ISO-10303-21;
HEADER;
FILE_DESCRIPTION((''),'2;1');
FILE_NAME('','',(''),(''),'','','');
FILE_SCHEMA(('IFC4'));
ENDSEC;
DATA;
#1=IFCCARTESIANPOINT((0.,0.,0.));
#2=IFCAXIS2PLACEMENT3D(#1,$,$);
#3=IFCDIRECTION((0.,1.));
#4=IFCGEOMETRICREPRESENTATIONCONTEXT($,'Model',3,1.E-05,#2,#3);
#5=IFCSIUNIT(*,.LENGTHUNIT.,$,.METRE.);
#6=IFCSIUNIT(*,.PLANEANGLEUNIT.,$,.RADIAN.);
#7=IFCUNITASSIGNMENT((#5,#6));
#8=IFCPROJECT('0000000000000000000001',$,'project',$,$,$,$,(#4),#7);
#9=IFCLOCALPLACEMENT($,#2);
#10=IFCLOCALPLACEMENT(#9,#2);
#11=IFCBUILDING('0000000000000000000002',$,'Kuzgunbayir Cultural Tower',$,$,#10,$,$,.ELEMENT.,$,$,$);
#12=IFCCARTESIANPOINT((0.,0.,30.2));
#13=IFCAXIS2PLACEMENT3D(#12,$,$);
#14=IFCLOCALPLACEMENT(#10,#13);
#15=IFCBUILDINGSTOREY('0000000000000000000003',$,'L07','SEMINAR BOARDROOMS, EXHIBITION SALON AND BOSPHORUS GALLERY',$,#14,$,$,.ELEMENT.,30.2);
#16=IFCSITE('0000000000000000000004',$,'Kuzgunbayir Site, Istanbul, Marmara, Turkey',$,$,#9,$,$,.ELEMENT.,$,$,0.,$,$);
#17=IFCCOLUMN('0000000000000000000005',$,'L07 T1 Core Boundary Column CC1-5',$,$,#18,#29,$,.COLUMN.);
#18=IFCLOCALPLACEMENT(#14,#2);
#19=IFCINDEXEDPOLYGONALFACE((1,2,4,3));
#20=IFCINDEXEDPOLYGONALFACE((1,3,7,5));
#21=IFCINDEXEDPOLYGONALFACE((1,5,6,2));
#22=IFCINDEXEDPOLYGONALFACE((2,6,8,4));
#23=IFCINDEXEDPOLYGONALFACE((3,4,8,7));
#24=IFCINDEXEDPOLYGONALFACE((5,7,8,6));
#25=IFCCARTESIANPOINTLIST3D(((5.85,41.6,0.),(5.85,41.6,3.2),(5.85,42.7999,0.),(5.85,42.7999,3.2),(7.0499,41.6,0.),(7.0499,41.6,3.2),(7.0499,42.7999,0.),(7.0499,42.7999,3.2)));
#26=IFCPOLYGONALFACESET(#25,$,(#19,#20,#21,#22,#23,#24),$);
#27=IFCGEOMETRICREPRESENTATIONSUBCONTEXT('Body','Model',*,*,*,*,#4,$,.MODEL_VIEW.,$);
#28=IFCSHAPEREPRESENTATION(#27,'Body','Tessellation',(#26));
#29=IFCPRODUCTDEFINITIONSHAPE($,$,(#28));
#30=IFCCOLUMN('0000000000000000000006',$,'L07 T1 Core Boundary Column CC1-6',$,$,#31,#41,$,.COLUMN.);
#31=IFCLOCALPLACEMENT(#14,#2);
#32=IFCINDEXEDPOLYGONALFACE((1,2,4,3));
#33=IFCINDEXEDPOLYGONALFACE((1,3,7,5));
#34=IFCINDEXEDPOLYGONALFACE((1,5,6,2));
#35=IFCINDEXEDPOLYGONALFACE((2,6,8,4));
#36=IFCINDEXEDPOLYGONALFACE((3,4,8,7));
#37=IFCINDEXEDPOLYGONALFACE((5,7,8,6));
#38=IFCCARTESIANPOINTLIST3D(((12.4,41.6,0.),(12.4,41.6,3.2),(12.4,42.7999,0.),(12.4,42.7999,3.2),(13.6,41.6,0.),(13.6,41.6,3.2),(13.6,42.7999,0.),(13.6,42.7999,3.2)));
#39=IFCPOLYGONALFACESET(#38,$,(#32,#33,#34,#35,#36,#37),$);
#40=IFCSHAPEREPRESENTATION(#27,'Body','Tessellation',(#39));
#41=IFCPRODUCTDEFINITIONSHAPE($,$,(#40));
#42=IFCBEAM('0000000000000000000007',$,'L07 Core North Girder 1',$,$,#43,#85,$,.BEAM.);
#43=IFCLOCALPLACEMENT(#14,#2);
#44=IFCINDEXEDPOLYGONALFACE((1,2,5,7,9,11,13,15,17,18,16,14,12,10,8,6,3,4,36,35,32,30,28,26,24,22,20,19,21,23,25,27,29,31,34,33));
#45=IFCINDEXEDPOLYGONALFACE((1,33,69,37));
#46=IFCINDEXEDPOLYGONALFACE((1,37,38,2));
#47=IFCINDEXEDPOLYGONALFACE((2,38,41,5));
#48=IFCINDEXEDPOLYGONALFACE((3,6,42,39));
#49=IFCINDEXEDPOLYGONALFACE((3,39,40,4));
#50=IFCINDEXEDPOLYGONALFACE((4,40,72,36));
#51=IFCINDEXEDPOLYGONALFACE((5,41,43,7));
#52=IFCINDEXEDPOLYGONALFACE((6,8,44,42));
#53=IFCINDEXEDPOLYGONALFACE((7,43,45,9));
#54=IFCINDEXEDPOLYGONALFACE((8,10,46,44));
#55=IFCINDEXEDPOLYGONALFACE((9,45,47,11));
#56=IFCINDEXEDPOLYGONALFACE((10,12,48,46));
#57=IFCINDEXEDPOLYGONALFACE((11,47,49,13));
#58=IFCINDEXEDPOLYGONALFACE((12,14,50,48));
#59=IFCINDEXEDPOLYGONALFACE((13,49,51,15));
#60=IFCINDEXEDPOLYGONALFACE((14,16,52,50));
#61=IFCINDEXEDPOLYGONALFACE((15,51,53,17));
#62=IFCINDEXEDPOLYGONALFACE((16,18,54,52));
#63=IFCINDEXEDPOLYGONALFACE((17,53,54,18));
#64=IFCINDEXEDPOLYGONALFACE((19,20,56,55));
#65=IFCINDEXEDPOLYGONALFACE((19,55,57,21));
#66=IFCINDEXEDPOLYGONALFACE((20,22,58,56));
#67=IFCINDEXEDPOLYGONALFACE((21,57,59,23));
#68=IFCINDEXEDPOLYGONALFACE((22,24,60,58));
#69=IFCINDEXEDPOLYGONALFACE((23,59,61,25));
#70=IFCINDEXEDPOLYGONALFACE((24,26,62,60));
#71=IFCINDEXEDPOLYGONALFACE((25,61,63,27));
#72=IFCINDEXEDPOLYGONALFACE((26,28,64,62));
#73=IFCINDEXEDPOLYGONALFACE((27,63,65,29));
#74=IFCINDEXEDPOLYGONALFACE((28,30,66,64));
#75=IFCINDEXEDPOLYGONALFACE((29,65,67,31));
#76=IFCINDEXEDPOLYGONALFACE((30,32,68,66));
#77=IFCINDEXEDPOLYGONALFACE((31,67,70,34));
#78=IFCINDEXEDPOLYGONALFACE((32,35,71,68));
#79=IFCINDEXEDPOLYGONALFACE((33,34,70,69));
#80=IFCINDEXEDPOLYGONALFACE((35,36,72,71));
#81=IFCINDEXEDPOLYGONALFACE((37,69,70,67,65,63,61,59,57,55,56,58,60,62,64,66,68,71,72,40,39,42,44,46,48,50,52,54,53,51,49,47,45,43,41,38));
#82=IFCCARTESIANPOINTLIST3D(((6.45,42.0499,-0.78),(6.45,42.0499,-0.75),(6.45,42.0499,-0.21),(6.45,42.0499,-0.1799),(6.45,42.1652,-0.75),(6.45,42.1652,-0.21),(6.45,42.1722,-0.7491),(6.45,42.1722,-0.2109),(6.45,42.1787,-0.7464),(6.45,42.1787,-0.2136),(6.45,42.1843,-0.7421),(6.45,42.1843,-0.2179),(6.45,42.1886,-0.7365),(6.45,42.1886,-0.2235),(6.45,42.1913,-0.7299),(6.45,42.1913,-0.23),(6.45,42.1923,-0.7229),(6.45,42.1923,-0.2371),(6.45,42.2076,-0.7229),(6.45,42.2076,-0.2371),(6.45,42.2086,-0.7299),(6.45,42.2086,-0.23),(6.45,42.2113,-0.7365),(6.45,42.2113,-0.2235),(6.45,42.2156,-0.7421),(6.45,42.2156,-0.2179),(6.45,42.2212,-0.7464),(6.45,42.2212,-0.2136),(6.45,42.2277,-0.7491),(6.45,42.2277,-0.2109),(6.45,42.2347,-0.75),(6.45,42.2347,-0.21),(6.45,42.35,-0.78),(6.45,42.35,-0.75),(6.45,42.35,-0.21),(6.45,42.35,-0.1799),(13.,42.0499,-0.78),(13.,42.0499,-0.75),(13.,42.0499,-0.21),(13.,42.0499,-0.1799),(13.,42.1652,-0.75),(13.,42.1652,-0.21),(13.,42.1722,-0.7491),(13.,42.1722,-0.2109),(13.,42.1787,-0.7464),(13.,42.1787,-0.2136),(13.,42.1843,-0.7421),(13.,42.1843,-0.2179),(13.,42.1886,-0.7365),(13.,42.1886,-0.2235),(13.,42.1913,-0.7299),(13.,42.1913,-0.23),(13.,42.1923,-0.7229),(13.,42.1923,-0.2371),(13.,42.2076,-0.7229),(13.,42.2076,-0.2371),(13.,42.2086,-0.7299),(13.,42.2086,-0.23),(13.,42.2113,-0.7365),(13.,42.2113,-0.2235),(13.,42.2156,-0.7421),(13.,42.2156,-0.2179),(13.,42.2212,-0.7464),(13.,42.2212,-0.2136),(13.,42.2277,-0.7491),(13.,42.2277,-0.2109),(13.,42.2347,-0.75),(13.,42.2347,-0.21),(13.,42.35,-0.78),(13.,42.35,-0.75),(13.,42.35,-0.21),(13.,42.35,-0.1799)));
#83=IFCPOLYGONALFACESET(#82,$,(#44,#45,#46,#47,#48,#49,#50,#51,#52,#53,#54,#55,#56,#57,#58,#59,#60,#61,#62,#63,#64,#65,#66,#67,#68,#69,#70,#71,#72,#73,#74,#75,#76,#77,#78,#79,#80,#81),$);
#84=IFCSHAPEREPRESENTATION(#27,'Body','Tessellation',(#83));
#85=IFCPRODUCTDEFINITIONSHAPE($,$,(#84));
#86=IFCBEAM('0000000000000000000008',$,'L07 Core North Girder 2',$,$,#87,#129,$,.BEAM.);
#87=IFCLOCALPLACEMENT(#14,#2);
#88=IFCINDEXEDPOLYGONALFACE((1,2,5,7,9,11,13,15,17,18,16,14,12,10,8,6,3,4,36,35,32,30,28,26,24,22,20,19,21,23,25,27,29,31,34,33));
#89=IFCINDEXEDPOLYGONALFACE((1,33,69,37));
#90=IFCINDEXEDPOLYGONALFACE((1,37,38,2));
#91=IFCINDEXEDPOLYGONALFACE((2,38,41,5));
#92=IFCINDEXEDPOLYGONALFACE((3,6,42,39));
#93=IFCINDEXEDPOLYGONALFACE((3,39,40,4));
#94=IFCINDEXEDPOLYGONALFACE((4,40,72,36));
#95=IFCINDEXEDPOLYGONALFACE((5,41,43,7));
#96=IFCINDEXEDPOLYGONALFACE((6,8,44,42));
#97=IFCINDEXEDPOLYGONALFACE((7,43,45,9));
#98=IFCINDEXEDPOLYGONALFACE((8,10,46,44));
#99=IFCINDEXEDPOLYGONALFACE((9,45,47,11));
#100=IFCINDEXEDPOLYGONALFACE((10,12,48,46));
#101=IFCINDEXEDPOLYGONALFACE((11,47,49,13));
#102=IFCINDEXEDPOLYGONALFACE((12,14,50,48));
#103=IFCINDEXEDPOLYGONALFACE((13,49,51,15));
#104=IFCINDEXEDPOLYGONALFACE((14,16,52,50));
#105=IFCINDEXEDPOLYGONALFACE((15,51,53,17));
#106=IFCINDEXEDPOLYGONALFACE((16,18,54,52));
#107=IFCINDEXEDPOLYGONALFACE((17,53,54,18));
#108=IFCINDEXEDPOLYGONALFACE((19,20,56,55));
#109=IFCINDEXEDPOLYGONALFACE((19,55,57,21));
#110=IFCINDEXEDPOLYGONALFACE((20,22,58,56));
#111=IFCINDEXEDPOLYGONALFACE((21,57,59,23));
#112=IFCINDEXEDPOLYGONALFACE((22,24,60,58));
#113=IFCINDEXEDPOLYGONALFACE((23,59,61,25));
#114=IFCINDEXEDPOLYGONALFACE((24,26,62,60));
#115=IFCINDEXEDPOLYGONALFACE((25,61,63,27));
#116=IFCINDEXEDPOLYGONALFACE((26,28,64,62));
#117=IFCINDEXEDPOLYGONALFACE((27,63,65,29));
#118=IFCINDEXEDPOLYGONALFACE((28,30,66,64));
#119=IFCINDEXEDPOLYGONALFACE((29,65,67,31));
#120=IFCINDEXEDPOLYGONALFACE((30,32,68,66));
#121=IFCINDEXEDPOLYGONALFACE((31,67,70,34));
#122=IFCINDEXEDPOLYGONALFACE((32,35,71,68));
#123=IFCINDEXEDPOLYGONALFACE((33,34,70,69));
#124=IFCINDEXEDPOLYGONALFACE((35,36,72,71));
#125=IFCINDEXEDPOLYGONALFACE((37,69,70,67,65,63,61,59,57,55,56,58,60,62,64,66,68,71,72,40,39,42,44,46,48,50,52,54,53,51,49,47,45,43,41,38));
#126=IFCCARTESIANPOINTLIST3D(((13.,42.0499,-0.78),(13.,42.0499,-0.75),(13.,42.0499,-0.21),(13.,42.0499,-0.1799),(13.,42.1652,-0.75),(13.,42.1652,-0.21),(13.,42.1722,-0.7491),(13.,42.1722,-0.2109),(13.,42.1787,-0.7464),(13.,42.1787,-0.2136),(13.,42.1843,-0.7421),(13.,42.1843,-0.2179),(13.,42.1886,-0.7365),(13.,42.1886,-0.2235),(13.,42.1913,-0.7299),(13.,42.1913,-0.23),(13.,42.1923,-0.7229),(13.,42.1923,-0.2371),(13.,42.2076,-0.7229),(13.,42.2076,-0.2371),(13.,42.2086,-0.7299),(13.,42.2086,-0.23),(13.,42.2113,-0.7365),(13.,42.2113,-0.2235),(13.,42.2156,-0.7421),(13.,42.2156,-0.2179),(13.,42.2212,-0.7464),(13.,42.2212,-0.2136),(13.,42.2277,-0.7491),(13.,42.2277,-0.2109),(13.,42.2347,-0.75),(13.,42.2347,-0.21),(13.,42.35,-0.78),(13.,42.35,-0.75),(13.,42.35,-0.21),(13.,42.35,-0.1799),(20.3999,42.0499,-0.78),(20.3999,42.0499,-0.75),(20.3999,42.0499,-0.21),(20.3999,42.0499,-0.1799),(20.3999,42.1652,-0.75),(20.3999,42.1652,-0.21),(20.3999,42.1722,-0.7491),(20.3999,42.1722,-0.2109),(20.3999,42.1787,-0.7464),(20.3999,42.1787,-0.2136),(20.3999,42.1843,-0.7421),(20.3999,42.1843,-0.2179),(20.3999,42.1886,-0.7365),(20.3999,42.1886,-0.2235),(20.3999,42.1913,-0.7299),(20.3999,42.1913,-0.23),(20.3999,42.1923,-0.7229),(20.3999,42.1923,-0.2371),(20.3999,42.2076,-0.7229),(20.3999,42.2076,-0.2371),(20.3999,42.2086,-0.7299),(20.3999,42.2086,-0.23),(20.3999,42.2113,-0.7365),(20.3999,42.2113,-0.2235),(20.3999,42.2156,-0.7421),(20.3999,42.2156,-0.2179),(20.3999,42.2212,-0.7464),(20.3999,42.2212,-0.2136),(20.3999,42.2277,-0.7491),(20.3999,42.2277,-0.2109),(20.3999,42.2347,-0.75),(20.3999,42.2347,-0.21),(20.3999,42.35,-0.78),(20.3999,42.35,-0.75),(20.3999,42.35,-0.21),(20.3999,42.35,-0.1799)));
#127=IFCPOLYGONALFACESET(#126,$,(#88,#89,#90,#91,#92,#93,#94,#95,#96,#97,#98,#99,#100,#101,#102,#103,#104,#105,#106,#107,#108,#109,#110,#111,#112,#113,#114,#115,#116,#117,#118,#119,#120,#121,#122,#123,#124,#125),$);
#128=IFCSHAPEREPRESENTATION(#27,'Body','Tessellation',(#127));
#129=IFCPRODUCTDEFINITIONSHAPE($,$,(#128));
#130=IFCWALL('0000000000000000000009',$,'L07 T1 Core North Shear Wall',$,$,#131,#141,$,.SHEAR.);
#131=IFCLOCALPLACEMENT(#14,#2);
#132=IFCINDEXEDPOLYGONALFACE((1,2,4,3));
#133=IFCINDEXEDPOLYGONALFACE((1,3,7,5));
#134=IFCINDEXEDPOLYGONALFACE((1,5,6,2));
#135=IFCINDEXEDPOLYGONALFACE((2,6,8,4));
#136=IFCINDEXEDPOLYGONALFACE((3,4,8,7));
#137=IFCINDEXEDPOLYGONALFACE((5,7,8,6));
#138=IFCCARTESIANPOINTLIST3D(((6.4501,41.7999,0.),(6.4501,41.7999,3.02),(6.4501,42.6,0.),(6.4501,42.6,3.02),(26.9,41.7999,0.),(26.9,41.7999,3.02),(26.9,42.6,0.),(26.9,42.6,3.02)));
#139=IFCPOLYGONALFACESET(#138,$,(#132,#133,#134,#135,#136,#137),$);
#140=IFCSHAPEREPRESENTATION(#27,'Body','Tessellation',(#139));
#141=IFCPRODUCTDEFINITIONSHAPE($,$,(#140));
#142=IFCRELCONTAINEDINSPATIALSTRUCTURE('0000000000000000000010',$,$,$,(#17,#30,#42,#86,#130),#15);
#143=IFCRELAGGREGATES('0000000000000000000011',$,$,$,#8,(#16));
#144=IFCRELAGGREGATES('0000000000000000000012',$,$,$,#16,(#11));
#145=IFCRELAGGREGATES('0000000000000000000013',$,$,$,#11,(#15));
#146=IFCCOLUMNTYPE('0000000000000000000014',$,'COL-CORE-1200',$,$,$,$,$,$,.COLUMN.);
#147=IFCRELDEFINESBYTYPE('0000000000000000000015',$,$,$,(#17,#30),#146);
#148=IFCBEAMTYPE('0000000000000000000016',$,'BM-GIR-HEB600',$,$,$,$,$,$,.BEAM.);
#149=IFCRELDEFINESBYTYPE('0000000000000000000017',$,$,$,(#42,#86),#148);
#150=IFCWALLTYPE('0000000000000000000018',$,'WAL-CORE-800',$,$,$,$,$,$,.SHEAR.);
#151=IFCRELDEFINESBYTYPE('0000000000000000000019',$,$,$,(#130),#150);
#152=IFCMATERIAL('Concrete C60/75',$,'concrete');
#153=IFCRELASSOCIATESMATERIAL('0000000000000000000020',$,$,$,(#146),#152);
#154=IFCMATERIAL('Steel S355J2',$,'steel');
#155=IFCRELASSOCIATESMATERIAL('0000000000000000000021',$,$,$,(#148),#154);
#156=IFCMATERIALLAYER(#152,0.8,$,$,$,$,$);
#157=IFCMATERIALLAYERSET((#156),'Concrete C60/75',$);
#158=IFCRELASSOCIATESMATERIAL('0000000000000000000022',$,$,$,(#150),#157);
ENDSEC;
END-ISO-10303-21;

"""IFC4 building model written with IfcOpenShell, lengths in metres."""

from ifc_helpers import new_model, si_unit, direction, frame, frame_2d, origin, origin_2d, place, context, subcontext, project, spatial, rectangle, i_section, extrude, material, layer, layer_set, material_profile, profile_set, type_object, element, save


model = new_model("IFC4")

# Units and contexts
model_context = context("Model", 3, precision=1e-05, world=origin(), true_north=direction((0.0, 1.0)))
body_context = subcontext(model_context, "Body", "Model", "MODEL_VIEW")
ifc_project = project(units=[si_unit("LENGTHUNIT", "METRE"), si_unit("PLANEANGLEUNIT", "RADIAN")], contexts=[model_context])

# Site, building, storey
site_placement = place(None, origin())
site = spatial("IfcSite", under=ifc_project, at=site_placement, Name="Kuzgunbayir Site, Istanbul, Marmara, Turkey", CompositionType="ELEMENT", RefElevation=0.0)
building_placement = place(site_placement, origin())
building = spatial("IfcBuilding", under=site, at=building_placement, Name="Kuzgunbayir Cultural Tower", CompositionType="ELEMENT")
storey_placement = place(building_placement, frame((0.0, 0.0, 30.2)))
storey = spatial("IfcBuildingStorey", under=building, at=storey_placement, Name="L07", Description="SEMINAR BOARDROOMS, EXHIBITION SALON AND BOSPHORUS GALLERY", CompositionType="ELEMENT", Elevation=30.2)

# Columns
ifc_material_1 = material(Name="Concrete C60/75", Category="concrete")
ifc_material_profile_1 = material_profile(ifc_material_1, rectangle(XDim=1.2, YDim=1.2, at=origin_2d()), Name="RC 1200x1200")
ifc_profile_set_1 = profile_set([ifc_material_profile_1], Name="Concrete C60/75")
column_type = type_object("IfcColumnType", Name="COL-CORE-1200", PredefinedType="COLUMN", material=ifc_profile_set_1)
for number, where, z_axis, x_axis, name in (
    (1, (6.45, 42.2, 0.0), (0.0, 0.0, 1.0), (1.0, 0.0, 0.0), "L07 T1 Core Boundary Column CC1-5"),
    (2, (13.0, 42.2, 0.0), (0.0, 0.0, 1.0), (1.0, 0.0, 0.0), "L07 T1 Core Boundary Column CC1-6"),
):
    element("IfcColumn", number, at=place(storey_placement, frame(where, z_axis=z_axis, x_axis=x_axis)), inside=storey, type_object=column_type, Name=name, PredefinedType="COLUMN", context=body_context, shape_type="SweptSolid", body=[
        extrude(rectangle(XDim=1.2, YDim=1.2, at=origin_2d()), origin(), (0.0, 0.0, 1.0), 3.2),
    ])

# Beams
ifc_material_2 = material(Name="Steel S355J2", Category="steel")
ifc_material_profile_2 = material_profile(ifc_material_2, i_section(OverallWidth=0.3, OverallDepth=0.6001, WebThickness=0.0154, FlangeThickness=0.03, FilletRadius=0.0271, at=origin_2d()), Name="HEB 600")
ifc_profile_set_2 = profile_set([ifc_material_profile_2], Name="Steel S355J2")
beam_type = type_object("IfcBeamType", Name="BM-GIR-HEB600", PredefinedType="BEAM", material=ifc_profile_set_2)
beam_1_placement = place(storey_placement, frame((6.45, 42.2, -0.48), z_axis=(1.0, 0.0, 0.0), x_axis=(0.0, 1.0, 0.0)))
element("IfcBeam", 3, at=beam_1_placement, inside=storey, type_object=beam_type, Name="L07 Core North Girder 1", PredefinedType="BEAM", context=body_context, shape_type="SweptSolid", body=[
    extrude(i_section(OverallWidth=0.3, OverallDepth=0.6001, WebThickness=0.0154, FlangeThickness=0.03, FilletRadius=0.0271, at=origin_2d()), origin(), (0.0, 0.0, 1.0), 6.55),
])
beam_2_placement = place(storey_placement, frame((13.0, 42.2, -0.48), z_axis=(1.0, 0.0, 0.0), x_axis=(0.0, 1.0, 0.0)))
element("IfcBeam", 4, at=beam_2_placement, inside=storey, type_object=beam_type, Name="L07 Core North Girder 2", PredefinedType="BEAM", context=body_context, shape_type="SweptSolid", body=[
    extrude(i_section(OverallWidth=0.3, OverallDepth=0.6001, WebThickness=0.0154, FlangeThickness=0.03, FilletRadius=0.0271, at=origin_2d()), origin(), (0.0, 0.0, 1.0), 7.3999),
])

# Wall
ifc_layer_1 = layer(ifc_material_1, 0.8)
ifc_layer_set_1 = layer_set([ifc_layer_1], Name="Concrete C60/75")
wall_type_1 = type_object("IfcWallType", Name="WAL-CORE-800", PredefinedType="SHEAR", material=ifc_layer_set_1)
wall_1_placement = place(storey_placement, frame((6.45, 42.2, 0.0), z_axis=(0.0, 0.0, 1.0), x_axis=(1.0, 0.0, 0.0)))
element("IfcWall", 5, at=wall_1_placement, inside=storey, type_object=wall_type_1, Name="L07 T1 Core North Shear Wall", PredefinedType="SHEAR", context=body_context, shape_type="SweptSolid", body=[
    extrude(rectangle(XDim=20.45, YDim=0.8, at=frame_2d((10.2251, 0.0))), origin(), (0.0, 0.0, 1.0), 3.02),
])

save(model, "model.ifc")
